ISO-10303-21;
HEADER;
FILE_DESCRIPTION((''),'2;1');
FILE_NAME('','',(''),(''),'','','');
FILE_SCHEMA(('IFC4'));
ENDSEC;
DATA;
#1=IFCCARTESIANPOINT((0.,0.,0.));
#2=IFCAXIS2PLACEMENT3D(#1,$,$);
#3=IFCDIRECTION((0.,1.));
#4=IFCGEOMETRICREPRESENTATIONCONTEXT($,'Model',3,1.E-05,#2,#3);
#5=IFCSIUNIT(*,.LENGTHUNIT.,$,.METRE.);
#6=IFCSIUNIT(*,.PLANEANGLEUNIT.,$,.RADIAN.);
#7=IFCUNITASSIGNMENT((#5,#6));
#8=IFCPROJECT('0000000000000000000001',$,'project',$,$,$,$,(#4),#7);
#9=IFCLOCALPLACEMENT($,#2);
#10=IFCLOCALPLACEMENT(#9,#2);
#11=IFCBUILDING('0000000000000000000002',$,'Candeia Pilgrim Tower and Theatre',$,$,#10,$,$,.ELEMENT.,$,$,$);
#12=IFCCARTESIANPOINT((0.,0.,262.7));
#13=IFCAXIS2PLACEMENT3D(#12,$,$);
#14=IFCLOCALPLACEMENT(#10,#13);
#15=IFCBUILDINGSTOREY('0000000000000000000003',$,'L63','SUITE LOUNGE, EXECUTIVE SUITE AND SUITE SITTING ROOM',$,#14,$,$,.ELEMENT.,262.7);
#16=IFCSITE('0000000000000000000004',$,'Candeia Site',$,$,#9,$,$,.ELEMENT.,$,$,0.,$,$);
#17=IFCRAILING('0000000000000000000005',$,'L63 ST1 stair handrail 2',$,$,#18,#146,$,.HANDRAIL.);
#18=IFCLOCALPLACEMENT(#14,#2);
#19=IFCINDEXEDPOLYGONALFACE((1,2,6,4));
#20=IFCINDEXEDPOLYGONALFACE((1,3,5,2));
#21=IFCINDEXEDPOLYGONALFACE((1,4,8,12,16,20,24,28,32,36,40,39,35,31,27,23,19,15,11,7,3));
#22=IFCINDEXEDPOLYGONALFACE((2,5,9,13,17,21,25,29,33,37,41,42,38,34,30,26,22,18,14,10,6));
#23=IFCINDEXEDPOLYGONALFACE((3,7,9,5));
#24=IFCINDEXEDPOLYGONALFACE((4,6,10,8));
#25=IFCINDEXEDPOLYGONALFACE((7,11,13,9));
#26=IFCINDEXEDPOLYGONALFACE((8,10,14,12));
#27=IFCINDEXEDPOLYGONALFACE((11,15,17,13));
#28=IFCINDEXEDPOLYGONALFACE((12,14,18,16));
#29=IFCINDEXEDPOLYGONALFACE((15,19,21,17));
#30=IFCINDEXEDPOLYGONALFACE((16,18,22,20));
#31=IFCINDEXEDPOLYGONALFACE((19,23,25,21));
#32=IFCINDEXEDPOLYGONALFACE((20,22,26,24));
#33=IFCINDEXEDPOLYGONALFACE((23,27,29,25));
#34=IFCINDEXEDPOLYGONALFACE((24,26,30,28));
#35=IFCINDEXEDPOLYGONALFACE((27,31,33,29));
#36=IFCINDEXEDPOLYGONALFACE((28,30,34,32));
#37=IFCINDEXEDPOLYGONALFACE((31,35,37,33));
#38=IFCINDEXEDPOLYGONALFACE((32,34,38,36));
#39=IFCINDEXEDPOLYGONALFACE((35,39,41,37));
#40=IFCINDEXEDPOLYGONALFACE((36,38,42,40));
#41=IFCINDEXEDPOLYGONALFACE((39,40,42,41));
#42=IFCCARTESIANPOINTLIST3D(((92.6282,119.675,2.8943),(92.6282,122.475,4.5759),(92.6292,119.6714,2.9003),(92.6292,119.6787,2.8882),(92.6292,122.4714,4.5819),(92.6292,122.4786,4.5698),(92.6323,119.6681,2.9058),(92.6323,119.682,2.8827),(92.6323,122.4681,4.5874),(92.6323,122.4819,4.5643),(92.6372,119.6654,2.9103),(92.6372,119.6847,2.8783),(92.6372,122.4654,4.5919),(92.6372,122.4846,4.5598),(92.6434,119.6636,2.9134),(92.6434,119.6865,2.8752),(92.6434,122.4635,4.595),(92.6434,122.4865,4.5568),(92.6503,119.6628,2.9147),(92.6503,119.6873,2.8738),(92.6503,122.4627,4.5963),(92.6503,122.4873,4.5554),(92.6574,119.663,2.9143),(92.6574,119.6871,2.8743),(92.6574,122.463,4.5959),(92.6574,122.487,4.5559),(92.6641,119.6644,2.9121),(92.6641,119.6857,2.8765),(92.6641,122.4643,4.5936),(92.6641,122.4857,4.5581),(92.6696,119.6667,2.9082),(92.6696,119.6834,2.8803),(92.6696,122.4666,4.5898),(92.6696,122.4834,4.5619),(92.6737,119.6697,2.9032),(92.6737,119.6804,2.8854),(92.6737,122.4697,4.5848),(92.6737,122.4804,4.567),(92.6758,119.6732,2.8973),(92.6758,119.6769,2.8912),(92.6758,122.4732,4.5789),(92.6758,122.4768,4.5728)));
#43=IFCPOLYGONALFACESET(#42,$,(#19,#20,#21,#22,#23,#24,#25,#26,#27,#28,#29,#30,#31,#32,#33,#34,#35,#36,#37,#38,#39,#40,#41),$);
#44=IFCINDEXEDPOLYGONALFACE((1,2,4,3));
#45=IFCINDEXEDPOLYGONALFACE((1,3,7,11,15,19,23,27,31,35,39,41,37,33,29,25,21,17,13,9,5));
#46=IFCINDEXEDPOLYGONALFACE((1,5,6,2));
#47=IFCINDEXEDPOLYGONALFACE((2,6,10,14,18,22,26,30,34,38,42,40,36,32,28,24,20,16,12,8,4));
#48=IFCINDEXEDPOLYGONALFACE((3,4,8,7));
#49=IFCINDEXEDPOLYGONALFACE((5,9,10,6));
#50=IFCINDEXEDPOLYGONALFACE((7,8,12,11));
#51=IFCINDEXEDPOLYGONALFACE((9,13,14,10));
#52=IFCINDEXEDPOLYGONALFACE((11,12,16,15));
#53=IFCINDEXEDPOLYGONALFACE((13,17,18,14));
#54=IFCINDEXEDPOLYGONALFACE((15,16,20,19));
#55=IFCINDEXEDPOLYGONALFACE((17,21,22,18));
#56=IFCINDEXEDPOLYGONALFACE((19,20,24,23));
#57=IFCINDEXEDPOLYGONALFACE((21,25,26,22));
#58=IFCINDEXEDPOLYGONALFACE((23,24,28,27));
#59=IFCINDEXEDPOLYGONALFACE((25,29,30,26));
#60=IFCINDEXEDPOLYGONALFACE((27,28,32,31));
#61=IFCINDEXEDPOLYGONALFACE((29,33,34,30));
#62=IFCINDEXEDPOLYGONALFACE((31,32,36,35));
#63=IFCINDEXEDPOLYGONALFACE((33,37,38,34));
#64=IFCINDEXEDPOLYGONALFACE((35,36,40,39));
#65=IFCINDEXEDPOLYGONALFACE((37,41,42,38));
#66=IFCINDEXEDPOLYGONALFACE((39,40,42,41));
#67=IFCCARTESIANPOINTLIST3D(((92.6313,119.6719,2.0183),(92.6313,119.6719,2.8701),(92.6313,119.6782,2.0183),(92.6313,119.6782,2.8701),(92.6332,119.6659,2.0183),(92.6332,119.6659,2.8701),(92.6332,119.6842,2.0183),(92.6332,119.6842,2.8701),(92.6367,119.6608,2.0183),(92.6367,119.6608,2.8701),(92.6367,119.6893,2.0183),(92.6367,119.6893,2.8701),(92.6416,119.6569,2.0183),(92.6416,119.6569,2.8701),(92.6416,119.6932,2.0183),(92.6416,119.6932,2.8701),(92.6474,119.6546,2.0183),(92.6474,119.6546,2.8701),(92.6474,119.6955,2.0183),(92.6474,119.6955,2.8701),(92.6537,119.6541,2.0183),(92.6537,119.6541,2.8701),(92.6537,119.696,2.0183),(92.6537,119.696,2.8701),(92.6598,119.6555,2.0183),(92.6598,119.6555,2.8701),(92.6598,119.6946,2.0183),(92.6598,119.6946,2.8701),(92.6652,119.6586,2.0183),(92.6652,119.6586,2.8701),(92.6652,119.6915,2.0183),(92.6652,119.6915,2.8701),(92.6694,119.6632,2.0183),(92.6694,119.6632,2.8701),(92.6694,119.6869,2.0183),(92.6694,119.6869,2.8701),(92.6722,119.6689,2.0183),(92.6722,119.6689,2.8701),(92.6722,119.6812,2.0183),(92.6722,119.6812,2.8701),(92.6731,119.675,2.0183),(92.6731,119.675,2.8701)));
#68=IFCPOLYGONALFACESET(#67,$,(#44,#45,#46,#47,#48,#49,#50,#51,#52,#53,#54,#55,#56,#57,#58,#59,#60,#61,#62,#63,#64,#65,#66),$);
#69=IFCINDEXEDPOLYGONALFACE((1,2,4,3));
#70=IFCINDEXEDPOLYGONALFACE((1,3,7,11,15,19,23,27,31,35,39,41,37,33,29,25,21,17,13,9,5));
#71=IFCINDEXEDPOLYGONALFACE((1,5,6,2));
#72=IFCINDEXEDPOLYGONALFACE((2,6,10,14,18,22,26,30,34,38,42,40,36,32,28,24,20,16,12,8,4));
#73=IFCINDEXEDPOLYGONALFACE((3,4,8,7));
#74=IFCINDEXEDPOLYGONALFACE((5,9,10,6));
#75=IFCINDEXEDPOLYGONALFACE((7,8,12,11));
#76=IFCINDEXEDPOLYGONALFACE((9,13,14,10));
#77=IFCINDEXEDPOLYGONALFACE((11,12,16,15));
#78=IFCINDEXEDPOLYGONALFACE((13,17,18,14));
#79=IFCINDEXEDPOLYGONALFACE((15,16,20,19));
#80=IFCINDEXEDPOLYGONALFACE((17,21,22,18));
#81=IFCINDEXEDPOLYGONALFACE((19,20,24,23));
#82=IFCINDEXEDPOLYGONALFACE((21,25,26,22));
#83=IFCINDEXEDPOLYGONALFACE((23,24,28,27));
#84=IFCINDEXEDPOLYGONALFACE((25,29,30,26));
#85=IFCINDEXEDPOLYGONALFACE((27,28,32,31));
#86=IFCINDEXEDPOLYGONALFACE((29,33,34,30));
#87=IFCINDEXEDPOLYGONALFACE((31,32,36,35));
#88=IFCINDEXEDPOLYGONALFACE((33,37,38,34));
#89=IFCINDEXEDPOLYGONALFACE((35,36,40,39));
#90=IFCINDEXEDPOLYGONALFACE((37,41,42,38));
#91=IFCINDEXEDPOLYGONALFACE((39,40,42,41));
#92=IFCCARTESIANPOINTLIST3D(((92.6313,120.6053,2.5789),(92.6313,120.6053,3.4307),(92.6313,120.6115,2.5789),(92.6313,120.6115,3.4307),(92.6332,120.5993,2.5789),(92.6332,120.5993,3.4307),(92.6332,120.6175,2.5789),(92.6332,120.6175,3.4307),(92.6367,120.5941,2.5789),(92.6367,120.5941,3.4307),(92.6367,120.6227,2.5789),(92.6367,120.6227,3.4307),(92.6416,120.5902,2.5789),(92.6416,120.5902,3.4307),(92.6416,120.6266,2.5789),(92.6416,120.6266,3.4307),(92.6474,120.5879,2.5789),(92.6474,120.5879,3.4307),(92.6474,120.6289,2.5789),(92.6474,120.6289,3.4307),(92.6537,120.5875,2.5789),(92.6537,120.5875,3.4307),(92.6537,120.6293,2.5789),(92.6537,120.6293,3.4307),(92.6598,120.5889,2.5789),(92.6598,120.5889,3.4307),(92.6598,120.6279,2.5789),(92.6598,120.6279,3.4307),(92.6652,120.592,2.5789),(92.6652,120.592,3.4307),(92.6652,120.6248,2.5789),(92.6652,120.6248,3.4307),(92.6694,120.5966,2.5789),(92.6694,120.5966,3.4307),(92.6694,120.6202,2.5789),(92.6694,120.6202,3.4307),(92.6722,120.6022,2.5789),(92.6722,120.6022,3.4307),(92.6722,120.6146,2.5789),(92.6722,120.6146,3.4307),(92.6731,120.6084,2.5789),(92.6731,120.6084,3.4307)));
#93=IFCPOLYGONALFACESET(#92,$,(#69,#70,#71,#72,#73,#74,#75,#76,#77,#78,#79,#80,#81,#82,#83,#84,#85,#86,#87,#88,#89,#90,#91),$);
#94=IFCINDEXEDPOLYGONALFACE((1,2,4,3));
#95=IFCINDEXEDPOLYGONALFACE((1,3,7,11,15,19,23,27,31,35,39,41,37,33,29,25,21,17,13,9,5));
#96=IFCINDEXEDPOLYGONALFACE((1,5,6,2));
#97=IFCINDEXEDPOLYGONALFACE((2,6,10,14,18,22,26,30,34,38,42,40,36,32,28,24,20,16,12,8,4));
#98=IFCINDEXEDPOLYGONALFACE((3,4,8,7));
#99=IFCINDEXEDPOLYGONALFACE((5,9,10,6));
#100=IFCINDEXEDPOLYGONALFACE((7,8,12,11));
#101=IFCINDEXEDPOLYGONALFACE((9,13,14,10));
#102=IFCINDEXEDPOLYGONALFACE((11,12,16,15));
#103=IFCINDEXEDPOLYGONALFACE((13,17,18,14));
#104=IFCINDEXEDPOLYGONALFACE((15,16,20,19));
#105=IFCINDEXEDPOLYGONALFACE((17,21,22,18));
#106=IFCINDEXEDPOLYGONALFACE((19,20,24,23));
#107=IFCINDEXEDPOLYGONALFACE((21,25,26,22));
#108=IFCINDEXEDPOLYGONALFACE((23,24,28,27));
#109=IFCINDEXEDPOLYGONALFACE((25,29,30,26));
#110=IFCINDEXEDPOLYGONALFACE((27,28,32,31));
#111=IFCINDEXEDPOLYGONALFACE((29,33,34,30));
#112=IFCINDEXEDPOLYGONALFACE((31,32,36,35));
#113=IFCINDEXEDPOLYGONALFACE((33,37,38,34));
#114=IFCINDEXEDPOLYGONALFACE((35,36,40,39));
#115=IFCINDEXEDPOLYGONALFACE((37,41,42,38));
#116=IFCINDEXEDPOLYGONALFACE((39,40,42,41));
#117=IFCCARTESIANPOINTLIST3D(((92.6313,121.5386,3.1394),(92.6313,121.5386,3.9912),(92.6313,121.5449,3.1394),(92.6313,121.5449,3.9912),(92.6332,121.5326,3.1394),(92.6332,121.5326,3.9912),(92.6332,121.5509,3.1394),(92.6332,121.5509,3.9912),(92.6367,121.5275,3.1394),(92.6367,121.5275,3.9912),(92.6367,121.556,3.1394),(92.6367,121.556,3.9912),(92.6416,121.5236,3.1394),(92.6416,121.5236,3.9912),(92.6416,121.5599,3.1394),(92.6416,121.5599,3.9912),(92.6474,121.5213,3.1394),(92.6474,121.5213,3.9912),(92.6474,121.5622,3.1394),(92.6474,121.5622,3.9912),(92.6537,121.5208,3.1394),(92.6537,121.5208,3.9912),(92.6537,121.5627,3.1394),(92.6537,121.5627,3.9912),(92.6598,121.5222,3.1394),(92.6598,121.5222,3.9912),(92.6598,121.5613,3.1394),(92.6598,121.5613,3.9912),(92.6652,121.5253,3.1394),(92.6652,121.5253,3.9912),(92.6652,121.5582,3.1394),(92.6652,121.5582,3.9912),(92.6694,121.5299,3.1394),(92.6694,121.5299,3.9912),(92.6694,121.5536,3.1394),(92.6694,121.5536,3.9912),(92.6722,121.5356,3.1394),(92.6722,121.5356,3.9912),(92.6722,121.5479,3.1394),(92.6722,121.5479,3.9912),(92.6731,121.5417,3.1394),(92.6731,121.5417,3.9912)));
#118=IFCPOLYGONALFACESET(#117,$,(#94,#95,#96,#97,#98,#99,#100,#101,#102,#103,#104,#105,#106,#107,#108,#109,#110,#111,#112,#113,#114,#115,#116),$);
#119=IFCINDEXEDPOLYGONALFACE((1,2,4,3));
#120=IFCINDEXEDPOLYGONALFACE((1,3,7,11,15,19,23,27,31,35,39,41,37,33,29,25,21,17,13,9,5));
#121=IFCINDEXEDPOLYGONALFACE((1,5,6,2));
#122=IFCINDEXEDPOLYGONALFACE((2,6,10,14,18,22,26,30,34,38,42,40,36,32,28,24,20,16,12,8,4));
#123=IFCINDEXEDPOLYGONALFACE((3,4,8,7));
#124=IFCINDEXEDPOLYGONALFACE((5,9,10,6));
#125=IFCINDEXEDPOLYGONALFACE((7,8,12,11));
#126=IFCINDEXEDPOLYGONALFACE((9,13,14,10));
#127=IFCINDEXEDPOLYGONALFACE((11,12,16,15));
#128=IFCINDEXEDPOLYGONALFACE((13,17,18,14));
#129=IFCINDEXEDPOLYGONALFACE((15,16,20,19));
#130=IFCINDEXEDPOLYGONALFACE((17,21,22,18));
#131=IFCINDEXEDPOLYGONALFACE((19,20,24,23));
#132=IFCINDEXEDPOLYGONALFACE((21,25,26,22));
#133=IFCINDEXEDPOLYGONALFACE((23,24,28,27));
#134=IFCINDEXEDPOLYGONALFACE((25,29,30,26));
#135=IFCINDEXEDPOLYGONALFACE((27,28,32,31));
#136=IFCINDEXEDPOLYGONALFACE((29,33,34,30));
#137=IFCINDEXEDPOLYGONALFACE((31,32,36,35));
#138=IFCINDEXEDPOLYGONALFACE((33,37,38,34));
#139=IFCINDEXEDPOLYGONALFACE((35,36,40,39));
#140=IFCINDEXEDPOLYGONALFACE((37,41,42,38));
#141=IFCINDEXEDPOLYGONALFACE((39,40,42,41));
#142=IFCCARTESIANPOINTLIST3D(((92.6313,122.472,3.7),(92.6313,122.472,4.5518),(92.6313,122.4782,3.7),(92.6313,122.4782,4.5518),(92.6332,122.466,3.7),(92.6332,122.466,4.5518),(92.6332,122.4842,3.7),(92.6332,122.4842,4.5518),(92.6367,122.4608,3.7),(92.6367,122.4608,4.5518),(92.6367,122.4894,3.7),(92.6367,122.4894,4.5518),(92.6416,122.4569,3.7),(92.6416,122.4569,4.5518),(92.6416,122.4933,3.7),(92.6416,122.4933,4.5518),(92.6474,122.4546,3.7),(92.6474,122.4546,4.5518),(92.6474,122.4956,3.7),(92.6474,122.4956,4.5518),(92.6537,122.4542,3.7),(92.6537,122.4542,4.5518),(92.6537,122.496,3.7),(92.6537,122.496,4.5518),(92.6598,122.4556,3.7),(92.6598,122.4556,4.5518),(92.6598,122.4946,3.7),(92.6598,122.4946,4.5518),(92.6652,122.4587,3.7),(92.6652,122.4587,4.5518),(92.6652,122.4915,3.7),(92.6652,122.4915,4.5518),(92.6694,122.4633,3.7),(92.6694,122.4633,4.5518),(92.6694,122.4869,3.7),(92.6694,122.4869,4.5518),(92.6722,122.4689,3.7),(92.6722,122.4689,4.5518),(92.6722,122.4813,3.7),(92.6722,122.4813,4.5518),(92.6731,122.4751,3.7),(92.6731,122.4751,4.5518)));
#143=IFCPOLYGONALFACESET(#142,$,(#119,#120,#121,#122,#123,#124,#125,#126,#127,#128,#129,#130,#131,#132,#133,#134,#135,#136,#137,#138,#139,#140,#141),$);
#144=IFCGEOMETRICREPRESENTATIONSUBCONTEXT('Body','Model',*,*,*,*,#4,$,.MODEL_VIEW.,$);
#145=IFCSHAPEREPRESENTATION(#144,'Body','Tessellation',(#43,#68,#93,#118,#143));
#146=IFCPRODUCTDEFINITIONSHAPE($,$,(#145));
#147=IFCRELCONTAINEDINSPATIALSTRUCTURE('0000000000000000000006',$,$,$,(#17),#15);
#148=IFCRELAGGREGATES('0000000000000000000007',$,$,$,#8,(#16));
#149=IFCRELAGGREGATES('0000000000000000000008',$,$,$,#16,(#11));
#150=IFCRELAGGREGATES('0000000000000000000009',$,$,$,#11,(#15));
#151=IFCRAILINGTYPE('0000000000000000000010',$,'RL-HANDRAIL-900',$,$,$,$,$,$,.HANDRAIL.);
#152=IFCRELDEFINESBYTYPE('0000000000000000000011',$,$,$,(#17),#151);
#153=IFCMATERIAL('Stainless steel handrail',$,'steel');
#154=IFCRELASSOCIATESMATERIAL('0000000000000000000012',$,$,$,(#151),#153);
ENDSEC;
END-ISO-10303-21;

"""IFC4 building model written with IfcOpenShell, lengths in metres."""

from ifc_helpers import new_model, si_unit, direction, frame, origin, origin_2d, place, context, subcontext, project, spatial, circle, extrude, material, type_object, element, save


model = new_model("IFC4")

# Units and contexts
model_context = context("Model", 3, precision=1e-05, world=origin(), true_north=direction((0.0, 1.0)))
body_context = subcontext(model_context, "Body", "Model", "MODEL_VIEW")
ifc_project = project(units=[si_unit("LENGTHUNIT", "METRE"), si_unit("PLANEANGLEUNIT", "RADIAN")], contexts=[model_context])

# Site, building, storey
site_placement = place(None, origin())
site = spatial("IfcSite", under=ifc_project, at=site_placement, Name="Candeia Site", CompositionType="ELEMENT", RefElevation=0.0)
building_placement = place(site_placement, origin())
building = spatial("IfcBuilding", under=site, at=building_placement, Name="Candeia Pilgrim Tower and Theatre", CompositionType="ELEMENT")
storey_placement = place(building_placement, frame((0.0, 0.0, 262.7)))
storey = spatial("IfcBuildingStorey", under=building, at=storey_placement, Name="L63", Description="SUITE LOUNGE, EXECUTIVE SUITE AND SUITE SITTING ROOM", CompositionType="ELEMENT", Elevation=262.7)

# Railing
ifc_material_1 = material(Name="Stainless steel handrail", Category="steel")
railing_type_1 = type_object("IfcRailingType", Name="RL-HANDRAIL-900", PredefinedType="HANDRAIL", material=ifc_material_1)
railing_1_placement = place(storey_placement, frame((92.6521, 119.675, 2.0183)))
element("IfcRailing", 1, at=railing_1_placement, inside=storey, type_object=railing_type_1, Name="L63 ST1 stair handrail 2", PredefinedType="HANDRAIL", context=body_context, shape_type="SweptSolid", body=[
    extrude(circle(Radius=0.0239, at=origin_2d()), frame((0.0, 0.0, 0.876), z_axis=(0.0, 0.857275, 0.514858), x_axis=(-1.0, 0.0, 0.0)), (0.0, 0.0, 1.0), 3.2661),
    extrude(circle(Radius=0.021, at=origin_2d()), origin(), (0.0, 0.0, 1.0), 0.8518),
    extrude(circle(Radius=0.021, at=origin_2d()), frame((0.0, 0.9333, 0.5605)), (0.0, 0.0, 1.0), 0.8518),
    extrude(circle(Radius=0.021, at=origin_2d()), frame((0.0, 1.8667, 1.1211)), (0.0, 0.0, 1.0), 0.8518),
    extrude(circle(Radius=0.021, at=origin_2d()), frame((0.0, 2.8, 1.6816)), (0.0, 0.0, 1.0), 0.8518),
])

save(model, "model.ifc")
